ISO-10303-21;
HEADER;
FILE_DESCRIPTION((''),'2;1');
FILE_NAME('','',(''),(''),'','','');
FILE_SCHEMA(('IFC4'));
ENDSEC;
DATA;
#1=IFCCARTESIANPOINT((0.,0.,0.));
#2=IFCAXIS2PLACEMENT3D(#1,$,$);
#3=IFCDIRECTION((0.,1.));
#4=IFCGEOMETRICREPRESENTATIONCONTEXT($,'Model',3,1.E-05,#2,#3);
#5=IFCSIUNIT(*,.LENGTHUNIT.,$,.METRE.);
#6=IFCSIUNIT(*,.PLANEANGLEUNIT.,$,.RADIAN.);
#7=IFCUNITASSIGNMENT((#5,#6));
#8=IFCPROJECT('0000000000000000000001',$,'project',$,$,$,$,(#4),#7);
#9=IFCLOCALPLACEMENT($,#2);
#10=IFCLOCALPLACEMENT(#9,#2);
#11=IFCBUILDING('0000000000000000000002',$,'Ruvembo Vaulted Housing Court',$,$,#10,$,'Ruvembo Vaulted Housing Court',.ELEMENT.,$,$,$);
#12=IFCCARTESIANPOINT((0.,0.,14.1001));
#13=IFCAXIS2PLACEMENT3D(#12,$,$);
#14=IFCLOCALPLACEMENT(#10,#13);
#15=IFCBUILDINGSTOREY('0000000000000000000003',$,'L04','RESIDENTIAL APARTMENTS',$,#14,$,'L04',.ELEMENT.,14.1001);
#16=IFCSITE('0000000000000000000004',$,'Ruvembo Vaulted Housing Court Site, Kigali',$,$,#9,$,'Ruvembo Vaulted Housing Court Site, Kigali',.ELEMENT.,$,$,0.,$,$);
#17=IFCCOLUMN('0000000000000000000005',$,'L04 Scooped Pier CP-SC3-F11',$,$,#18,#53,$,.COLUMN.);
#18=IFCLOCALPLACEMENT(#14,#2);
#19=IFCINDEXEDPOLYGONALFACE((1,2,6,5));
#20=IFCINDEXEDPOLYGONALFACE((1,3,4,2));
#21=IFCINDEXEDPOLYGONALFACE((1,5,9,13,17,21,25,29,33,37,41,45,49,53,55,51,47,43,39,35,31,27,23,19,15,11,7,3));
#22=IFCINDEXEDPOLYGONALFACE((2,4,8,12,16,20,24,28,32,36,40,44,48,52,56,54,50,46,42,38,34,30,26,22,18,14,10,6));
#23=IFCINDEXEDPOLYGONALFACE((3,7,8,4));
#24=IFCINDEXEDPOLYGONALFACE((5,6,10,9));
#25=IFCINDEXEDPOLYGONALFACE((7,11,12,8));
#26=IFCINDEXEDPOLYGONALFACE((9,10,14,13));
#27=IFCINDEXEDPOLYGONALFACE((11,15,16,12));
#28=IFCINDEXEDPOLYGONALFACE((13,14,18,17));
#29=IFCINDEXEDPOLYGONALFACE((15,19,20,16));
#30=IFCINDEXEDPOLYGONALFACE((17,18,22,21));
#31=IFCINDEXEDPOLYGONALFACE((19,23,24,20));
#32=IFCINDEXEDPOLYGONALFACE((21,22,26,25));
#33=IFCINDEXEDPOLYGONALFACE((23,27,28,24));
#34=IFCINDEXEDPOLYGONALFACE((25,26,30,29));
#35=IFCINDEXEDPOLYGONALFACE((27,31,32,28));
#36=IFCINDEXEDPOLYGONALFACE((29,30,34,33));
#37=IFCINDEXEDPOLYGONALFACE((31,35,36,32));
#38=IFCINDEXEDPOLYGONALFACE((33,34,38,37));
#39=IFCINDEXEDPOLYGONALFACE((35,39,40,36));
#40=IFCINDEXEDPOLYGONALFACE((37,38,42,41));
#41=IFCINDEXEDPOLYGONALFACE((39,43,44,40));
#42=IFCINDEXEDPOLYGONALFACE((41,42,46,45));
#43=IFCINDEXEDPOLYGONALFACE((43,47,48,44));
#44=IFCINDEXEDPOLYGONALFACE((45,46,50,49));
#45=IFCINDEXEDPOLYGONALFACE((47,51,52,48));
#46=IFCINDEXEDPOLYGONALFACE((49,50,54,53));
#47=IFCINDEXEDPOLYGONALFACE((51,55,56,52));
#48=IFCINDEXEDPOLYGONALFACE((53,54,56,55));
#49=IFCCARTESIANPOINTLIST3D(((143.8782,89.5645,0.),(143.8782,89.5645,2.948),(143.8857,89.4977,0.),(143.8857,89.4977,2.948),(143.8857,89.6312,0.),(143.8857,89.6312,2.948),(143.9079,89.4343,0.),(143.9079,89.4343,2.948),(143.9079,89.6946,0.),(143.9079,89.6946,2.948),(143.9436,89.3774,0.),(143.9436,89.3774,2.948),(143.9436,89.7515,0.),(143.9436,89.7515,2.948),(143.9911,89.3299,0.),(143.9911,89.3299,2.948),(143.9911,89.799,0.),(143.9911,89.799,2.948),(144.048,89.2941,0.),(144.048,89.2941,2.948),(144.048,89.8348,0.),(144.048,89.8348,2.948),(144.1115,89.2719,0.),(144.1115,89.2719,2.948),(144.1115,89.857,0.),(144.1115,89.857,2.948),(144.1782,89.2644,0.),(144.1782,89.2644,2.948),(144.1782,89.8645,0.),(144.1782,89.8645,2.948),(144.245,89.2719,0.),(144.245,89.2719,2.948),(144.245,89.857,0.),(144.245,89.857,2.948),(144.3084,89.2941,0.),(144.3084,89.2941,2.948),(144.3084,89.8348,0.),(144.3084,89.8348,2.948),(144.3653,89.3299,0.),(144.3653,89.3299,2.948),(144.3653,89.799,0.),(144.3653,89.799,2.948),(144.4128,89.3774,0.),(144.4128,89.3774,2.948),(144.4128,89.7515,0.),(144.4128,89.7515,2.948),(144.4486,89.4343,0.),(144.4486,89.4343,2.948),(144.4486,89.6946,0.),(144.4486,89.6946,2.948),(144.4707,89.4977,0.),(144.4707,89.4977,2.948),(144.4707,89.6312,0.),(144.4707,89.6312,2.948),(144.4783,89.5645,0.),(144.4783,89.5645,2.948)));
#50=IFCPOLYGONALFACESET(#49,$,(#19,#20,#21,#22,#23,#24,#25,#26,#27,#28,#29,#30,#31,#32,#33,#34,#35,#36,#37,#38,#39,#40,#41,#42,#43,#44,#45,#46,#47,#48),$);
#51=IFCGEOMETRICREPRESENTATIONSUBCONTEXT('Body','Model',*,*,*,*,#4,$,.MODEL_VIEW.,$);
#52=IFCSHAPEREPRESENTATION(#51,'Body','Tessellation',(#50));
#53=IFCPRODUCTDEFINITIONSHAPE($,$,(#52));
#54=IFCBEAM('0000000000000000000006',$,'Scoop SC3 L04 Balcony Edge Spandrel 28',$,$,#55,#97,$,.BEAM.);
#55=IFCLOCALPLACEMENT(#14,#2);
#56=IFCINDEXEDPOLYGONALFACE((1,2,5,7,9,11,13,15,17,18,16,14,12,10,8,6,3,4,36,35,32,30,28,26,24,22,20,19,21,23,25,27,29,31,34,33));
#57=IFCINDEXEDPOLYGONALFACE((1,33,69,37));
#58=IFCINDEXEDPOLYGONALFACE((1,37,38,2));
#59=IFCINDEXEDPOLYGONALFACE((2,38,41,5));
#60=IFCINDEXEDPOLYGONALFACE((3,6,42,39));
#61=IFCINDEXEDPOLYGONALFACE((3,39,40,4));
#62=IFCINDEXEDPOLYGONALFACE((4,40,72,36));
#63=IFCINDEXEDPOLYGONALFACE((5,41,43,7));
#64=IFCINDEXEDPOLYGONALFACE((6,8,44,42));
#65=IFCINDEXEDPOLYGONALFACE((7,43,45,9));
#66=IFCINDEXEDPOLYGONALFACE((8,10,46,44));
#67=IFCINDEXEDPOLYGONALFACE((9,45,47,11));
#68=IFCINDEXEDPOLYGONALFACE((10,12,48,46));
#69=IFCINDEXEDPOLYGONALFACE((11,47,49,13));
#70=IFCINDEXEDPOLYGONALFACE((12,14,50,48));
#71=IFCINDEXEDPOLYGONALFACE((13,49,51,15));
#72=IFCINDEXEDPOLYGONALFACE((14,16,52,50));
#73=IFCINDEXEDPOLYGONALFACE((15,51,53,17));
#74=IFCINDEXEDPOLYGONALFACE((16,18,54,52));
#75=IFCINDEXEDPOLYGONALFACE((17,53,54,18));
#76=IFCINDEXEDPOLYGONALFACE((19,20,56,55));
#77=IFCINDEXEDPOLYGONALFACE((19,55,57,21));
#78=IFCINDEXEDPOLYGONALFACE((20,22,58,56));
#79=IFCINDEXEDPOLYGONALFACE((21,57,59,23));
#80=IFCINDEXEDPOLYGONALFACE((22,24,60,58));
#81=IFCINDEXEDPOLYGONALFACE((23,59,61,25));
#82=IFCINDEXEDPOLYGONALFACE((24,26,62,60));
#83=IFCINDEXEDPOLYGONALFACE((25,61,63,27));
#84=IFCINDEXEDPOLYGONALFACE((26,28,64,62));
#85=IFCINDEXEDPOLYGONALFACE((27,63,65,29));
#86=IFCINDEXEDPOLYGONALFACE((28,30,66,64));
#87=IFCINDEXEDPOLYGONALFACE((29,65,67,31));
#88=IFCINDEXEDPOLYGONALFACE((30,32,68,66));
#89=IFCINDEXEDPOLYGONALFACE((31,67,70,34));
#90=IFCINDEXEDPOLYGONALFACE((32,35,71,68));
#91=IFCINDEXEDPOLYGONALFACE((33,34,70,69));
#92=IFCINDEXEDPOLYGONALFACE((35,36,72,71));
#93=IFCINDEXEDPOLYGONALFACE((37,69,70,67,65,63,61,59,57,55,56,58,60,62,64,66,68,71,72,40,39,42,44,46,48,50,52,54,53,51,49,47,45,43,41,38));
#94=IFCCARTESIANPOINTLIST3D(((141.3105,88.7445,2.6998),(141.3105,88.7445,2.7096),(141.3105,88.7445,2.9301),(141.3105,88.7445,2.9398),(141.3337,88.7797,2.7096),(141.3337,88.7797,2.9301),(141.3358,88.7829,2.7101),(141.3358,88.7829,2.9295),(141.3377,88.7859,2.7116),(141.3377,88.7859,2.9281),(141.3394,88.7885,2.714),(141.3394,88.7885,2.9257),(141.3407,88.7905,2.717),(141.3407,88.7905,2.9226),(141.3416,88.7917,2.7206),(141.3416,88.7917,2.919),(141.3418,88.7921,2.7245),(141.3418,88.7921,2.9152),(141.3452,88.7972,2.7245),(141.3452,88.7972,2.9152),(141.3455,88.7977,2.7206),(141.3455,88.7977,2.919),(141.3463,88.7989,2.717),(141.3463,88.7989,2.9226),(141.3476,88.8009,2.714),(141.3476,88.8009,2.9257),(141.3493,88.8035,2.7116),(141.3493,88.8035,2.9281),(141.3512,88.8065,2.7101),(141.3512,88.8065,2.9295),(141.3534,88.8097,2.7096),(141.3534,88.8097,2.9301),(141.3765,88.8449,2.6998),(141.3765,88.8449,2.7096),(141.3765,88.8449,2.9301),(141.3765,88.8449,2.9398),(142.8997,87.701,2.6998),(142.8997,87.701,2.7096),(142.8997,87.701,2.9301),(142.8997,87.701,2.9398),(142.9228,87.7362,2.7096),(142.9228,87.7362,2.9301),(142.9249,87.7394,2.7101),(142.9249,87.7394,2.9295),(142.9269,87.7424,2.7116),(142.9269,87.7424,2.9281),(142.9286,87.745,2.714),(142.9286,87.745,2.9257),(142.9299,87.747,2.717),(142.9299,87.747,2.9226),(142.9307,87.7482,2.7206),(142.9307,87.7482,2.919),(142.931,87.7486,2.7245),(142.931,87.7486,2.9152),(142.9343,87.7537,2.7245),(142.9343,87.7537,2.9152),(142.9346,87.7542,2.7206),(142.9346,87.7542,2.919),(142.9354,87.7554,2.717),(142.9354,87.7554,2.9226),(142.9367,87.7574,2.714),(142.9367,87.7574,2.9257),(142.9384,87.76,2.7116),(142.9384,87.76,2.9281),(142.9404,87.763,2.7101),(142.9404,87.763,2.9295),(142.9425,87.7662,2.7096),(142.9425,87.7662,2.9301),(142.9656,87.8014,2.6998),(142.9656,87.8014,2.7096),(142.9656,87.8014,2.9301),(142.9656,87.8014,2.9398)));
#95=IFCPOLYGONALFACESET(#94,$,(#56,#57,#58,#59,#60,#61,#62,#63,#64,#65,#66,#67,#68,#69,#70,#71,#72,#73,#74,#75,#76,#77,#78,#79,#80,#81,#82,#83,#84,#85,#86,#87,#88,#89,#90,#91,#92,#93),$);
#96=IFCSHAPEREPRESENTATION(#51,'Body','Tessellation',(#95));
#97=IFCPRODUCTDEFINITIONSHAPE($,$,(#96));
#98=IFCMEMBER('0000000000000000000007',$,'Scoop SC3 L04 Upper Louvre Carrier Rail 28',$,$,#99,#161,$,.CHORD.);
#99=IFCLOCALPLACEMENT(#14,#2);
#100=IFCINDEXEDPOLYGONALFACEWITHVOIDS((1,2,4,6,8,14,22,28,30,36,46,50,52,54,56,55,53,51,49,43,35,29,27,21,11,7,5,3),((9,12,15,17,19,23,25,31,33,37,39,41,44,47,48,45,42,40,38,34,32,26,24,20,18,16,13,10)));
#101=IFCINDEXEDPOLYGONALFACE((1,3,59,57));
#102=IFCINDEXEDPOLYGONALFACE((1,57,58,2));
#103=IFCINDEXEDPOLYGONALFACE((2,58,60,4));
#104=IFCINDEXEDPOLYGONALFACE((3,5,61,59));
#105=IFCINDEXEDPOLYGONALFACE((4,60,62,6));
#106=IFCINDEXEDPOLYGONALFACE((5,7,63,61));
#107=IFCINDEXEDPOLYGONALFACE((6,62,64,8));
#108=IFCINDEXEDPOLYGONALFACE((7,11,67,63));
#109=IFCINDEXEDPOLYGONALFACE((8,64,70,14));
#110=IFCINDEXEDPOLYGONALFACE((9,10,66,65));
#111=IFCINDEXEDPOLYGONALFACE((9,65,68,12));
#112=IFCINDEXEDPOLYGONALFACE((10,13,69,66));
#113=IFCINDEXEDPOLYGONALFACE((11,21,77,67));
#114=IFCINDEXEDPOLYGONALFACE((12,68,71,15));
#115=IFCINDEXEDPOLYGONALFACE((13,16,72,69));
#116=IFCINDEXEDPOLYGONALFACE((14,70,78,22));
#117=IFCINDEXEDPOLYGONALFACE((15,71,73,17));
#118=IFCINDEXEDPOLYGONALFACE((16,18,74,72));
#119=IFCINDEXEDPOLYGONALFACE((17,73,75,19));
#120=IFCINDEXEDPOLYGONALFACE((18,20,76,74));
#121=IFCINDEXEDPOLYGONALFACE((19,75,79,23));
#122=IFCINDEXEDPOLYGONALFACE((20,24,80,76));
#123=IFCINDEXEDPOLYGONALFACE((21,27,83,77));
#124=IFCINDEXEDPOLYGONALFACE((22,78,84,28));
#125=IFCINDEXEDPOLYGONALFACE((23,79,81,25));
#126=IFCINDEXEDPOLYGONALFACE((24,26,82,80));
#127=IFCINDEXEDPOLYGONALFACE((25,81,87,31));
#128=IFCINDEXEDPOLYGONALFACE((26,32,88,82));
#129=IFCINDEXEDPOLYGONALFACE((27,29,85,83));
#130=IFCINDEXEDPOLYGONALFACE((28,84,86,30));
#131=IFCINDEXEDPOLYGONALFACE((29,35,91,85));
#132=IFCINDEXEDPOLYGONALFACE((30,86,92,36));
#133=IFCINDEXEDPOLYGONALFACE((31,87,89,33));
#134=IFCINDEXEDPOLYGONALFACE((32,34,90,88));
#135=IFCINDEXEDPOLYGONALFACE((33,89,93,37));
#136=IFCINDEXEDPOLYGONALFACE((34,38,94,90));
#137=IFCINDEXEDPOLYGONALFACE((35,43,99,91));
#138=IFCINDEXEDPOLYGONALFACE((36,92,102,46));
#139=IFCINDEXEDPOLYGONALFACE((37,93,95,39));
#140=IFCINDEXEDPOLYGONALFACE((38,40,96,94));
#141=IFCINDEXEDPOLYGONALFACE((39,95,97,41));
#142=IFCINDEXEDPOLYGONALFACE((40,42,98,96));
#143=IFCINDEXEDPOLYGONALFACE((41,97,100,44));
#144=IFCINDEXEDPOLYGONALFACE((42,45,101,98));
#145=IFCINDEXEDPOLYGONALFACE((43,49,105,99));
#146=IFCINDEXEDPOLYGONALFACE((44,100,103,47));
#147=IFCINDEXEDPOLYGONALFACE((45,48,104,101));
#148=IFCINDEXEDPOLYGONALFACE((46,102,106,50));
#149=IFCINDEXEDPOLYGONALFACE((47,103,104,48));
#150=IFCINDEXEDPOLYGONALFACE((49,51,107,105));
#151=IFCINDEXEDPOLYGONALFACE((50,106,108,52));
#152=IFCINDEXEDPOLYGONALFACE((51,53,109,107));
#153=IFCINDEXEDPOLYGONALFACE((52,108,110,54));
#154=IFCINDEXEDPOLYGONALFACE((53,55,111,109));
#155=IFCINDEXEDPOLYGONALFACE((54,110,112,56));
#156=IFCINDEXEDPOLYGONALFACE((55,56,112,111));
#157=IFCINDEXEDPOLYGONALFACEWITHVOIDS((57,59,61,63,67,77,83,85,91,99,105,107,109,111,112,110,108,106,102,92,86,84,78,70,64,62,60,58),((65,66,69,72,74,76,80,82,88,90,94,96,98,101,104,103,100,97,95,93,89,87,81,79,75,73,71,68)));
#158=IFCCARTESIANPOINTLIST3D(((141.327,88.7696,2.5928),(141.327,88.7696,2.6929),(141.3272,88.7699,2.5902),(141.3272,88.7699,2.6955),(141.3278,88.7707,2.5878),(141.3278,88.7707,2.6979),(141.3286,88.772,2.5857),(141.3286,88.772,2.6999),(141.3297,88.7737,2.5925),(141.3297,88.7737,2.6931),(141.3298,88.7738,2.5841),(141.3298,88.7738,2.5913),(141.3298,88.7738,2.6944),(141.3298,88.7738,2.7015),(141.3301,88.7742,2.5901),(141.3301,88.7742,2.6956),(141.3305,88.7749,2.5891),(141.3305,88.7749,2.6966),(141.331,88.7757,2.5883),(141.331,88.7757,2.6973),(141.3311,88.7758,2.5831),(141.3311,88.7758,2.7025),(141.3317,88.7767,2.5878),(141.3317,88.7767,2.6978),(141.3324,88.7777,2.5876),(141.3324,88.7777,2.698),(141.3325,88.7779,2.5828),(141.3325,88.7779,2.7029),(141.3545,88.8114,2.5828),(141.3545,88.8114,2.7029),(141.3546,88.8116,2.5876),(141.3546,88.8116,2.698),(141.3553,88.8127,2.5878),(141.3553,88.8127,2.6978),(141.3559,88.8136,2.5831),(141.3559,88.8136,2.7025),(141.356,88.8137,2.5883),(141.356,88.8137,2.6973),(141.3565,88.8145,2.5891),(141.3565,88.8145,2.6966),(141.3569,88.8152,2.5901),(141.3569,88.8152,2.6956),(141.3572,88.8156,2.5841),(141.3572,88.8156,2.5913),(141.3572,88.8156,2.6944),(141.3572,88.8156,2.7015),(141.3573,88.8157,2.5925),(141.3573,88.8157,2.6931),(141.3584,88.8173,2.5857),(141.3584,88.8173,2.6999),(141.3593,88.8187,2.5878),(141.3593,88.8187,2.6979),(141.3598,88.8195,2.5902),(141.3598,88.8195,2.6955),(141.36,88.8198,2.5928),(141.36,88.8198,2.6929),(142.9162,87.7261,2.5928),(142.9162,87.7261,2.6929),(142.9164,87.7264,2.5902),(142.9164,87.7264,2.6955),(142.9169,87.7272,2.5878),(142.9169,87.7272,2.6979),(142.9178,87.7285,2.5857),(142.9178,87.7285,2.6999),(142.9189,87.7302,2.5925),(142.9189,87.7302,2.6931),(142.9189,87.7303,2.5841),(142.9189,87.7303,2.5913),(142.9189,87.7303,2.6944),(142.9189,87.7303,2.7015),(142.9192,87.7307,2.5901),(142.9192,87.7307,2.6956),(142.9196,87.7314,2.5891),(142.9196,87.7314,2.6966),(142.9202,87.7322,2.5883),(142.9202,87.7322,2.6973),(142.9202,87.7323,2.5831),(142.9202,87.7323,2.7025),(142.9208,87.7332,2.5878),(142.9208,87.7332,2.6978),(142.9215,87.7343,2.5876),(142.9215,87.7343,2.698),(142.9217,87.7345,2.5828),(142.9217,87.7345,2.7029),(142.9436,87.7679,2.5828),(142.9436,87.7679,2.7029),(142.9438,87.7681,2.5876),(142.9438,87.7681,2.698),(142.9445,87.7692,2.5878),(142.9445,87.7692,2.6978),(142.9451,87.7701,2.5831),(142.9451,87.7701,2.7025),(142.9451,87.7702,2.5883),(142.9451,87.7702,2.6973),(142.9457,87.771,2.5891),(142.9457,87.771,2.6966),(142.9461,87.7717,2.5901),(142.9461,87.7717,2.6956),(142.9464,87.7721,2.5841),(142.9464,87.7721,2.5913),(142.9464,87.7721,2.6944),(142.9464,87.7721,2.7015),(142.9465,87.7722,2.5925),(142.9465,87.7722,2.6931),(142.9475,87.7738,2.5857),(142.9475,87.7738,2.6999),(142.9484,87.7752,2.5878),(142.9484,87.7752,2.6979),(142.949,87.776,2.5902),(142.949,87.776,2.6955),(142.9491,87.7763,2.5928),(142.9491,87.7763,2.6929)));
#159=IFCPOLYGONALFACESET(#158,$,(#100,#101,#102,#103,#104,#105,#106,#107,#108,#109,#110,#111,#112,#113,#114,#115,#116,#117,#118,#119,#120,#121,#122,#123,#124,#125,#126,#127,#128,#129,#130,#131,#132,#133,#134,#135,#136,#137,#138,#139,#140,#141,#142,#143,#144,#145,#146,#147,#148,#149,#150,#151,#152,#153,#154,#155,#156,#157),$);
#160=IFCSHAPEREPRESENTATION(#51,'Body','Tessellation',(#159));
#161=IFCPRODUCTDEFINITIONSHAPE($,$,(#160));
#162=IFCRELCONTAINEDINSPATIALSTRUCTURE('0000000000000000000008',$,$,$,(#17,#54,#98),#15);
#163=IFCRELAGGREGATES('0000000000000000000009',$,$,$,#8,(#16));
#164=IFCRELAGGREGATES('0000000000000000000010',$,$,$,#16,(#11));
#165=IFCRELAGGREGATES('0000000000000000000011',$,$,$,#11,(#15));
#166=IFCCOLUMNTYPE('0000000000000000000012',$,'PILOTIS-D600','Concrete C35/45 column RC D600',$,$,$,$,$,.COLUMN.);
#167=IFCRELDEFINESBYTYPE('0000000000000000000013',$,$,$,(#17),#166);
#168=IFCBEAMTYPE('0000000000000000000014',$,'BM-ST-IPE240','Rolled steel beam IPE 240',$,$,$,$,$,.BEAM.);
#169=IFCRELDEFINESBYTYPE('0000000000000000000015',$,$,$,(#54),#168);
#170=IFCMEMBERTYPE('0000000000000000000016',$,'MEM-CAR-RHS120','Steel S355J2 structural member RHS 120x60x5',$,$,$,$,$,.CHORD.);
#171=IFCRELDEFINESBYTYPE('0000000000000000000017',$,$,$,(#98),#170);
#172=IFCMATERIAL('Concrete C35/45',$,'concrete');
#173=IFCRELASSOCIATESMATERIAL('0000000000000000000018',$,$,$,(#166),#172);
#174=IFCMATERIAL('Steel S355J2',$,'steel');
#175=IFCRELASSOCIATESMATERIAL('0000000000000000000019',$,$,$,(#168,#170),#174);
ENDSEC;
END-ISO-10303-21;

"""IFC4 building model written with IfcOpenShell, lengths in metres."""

from ifc_helpers import new_model, si_unit, direction, frame, origin, origin_2d, place, context, subcontext, project, spatial, hollow_rectangle, circle, i_section, extrude, material, material_profile, profile_set, type_object, element, save


model = new_model("IFC4")

# Units and contexts
model_context = context("Model", 3, precision=1e-05, world=origin(), true_north=direction((0.0, 1.0)))
body_context = subcontext(model_context, "Body", "Model", "MODEL_VIEW")
ifc_project = project(units=[si_unit("LENGTHUNIT", "METRE"), si_unit("PLANEANGLEUNIT", "RADIAN")], contexts=[model_context])

# Site, building, storey
site_placement = place(None, origin())
site = spatial("IfcSite", under=ifc_project, at=site_placement, Name="Ruvembo Vaulted Housing Court Site, Kigali", LongName="Ruvembo Vaulted Housing Court Site, Kigali", CompositionType="ELEMENT", RefElevation=0.0)
building_placement = place(site_placement, origin())
building = spatial("IfcBuilding", under=site, at=building_placement, Name="Ruvembo Vaulted Housing Court", LongName="Ruvembo Vaulted Housing Court", CompositionType="ELEMENT")
storey_placement = place(building_placement, frame((0.0, 0.0, 14.1001)))
storey = spatial("IfcBuildingStorey", under=building, at=storey_placement, Name="L04", Description="RESIDENTIAL APARTMENTS", LongName="L04", CompositionType="ELEMENT", Elevation=14.1001)

# Column
ifc_material_1 = material(Name="Concrete C35/45", Category="concrete")
ifc_material_profile_1 = material_profile(ifc_material_1, circle(Radius=0.3, at=origin_2d()), Name="RC D600")
ifc_profile_set_1 = profile_set([ifc_material_profile_1], Name="Concrete C35/45")
column_type = type_object("IfcColumnType", Name="PILOTIS-D600", Description="Concrete C35/45 column RC D600", PredefinedType="COLUMN", material=ifc_profile_set_1)
column_placement = place(storey_placement, frame((144.1782, 89.5645, 0.0), z_axis=(0.0, 0.0, 1.0), x_axis=(1.0, 0.0, 0.0)))
element("IfcColumn", 1, at=column_placement, inside=storey, type_object=column_type, Name="L04 Scooped Pier CP-SC3-F11", PredefinedType="COLUMN", context=body_context, shape_type="SweptSolid", body=[
    extrude(circle(Radius=0.3, at=origin_2d()), origin(), (0.0, 0.0, 1.0), 2.948),
])

# Beam
ifc_material_2 = material(Name="Steel S355J2", Category="steel")
ifc_material_profile_2 = material_profile(ifc_material_2, i_section(OverallWidth=0.1201, OverallDepth=0.24, WebThickness=0.0061, FlangeThickness=0.0098, FilletRadius=0.0149, at=origin_2d()), Name="IPE 240")
ifc_profile_set_2 = profile_set([ifc_material_profile_2], Name="Steel S355J2")
beam_type_1 = type_object("IfcBeamType", Name="BM-ST-IPE240", Description="Rolled steel beam IPE 240", PredefinedType="BEAM", material=ifc_profile_set_2)
beam_1_placement = place(storey_placement, frame((141.3435, 88.7947, 2.8198), z_axis=(0.835902, -0.548878, 0.0), x_axis=(0.548878, 0.835902, 0.0)))
element("IfcBeam", 2, at=beam_1_placement, inside=storey, type_object=beam_type_1, Name="Scoop SC3 L04 Balcony Edge Spandrel 28", PredefinedType="BEAM", context=body_context, shape_type="SweptSolid", body=[
    extrude(i_section(OverallWidth=0.1201, OverallDepth=0.24, WebThickness=0.0061, FlangeThickness=0.0098, FilletRadius=0.0149, at=origin_2d()), origin(), (0.0, 0.0, 1.0), 1.9011),
])

# Member
ifc_material_profile_3 = material_profile(ifc_material_2, hollow_rectangle(XDim=0.0601, YDim=0.1201, WallThickness=0.0049, InnerFilletRadius=0.0049, OuterFilletRadius=0.01, at=origin_2d()), Name="RHS 120x60x5")
ifc_profile_set_3 = profile_set([ifc_material_profile_3], Name="Steel S355J2")
member_type_1 = type_object("IfcMemberType", Name="MEM-CAR-RHS120", Description="Steel S355J2 structural member RHS 120x60x5", PredefinedType="CHORD", material=ifc_profile_set_3)
member_1_placement = place(storey_placement, frame((141.3435, 88.7947, 2.6428), z_axis=(0.835902, -0.548878, 0.0), x_axis=(0.548878, 0.835902, 0.0)))
element("IfcMember", 3, at=member_1_placement, inside=storey, type_object=member_type_1, Name="Scoop SC3 L04 Upper Louvre Carrier Rail 28", PredefinedType="CHORD", context=body_context, shape_type="SweptSolid", body=[
    extrude(hollow_rectangle(XDim=0.0601, YDim=0.1201, WallThickness=0.0049, InnerFilletRadius=0.0049, OuterFilletRadius=0.01, at=origin_2d()), origin(), (0.0, 0.0, 1.0), 1.9011),
])

save(model, "model.ifc")
